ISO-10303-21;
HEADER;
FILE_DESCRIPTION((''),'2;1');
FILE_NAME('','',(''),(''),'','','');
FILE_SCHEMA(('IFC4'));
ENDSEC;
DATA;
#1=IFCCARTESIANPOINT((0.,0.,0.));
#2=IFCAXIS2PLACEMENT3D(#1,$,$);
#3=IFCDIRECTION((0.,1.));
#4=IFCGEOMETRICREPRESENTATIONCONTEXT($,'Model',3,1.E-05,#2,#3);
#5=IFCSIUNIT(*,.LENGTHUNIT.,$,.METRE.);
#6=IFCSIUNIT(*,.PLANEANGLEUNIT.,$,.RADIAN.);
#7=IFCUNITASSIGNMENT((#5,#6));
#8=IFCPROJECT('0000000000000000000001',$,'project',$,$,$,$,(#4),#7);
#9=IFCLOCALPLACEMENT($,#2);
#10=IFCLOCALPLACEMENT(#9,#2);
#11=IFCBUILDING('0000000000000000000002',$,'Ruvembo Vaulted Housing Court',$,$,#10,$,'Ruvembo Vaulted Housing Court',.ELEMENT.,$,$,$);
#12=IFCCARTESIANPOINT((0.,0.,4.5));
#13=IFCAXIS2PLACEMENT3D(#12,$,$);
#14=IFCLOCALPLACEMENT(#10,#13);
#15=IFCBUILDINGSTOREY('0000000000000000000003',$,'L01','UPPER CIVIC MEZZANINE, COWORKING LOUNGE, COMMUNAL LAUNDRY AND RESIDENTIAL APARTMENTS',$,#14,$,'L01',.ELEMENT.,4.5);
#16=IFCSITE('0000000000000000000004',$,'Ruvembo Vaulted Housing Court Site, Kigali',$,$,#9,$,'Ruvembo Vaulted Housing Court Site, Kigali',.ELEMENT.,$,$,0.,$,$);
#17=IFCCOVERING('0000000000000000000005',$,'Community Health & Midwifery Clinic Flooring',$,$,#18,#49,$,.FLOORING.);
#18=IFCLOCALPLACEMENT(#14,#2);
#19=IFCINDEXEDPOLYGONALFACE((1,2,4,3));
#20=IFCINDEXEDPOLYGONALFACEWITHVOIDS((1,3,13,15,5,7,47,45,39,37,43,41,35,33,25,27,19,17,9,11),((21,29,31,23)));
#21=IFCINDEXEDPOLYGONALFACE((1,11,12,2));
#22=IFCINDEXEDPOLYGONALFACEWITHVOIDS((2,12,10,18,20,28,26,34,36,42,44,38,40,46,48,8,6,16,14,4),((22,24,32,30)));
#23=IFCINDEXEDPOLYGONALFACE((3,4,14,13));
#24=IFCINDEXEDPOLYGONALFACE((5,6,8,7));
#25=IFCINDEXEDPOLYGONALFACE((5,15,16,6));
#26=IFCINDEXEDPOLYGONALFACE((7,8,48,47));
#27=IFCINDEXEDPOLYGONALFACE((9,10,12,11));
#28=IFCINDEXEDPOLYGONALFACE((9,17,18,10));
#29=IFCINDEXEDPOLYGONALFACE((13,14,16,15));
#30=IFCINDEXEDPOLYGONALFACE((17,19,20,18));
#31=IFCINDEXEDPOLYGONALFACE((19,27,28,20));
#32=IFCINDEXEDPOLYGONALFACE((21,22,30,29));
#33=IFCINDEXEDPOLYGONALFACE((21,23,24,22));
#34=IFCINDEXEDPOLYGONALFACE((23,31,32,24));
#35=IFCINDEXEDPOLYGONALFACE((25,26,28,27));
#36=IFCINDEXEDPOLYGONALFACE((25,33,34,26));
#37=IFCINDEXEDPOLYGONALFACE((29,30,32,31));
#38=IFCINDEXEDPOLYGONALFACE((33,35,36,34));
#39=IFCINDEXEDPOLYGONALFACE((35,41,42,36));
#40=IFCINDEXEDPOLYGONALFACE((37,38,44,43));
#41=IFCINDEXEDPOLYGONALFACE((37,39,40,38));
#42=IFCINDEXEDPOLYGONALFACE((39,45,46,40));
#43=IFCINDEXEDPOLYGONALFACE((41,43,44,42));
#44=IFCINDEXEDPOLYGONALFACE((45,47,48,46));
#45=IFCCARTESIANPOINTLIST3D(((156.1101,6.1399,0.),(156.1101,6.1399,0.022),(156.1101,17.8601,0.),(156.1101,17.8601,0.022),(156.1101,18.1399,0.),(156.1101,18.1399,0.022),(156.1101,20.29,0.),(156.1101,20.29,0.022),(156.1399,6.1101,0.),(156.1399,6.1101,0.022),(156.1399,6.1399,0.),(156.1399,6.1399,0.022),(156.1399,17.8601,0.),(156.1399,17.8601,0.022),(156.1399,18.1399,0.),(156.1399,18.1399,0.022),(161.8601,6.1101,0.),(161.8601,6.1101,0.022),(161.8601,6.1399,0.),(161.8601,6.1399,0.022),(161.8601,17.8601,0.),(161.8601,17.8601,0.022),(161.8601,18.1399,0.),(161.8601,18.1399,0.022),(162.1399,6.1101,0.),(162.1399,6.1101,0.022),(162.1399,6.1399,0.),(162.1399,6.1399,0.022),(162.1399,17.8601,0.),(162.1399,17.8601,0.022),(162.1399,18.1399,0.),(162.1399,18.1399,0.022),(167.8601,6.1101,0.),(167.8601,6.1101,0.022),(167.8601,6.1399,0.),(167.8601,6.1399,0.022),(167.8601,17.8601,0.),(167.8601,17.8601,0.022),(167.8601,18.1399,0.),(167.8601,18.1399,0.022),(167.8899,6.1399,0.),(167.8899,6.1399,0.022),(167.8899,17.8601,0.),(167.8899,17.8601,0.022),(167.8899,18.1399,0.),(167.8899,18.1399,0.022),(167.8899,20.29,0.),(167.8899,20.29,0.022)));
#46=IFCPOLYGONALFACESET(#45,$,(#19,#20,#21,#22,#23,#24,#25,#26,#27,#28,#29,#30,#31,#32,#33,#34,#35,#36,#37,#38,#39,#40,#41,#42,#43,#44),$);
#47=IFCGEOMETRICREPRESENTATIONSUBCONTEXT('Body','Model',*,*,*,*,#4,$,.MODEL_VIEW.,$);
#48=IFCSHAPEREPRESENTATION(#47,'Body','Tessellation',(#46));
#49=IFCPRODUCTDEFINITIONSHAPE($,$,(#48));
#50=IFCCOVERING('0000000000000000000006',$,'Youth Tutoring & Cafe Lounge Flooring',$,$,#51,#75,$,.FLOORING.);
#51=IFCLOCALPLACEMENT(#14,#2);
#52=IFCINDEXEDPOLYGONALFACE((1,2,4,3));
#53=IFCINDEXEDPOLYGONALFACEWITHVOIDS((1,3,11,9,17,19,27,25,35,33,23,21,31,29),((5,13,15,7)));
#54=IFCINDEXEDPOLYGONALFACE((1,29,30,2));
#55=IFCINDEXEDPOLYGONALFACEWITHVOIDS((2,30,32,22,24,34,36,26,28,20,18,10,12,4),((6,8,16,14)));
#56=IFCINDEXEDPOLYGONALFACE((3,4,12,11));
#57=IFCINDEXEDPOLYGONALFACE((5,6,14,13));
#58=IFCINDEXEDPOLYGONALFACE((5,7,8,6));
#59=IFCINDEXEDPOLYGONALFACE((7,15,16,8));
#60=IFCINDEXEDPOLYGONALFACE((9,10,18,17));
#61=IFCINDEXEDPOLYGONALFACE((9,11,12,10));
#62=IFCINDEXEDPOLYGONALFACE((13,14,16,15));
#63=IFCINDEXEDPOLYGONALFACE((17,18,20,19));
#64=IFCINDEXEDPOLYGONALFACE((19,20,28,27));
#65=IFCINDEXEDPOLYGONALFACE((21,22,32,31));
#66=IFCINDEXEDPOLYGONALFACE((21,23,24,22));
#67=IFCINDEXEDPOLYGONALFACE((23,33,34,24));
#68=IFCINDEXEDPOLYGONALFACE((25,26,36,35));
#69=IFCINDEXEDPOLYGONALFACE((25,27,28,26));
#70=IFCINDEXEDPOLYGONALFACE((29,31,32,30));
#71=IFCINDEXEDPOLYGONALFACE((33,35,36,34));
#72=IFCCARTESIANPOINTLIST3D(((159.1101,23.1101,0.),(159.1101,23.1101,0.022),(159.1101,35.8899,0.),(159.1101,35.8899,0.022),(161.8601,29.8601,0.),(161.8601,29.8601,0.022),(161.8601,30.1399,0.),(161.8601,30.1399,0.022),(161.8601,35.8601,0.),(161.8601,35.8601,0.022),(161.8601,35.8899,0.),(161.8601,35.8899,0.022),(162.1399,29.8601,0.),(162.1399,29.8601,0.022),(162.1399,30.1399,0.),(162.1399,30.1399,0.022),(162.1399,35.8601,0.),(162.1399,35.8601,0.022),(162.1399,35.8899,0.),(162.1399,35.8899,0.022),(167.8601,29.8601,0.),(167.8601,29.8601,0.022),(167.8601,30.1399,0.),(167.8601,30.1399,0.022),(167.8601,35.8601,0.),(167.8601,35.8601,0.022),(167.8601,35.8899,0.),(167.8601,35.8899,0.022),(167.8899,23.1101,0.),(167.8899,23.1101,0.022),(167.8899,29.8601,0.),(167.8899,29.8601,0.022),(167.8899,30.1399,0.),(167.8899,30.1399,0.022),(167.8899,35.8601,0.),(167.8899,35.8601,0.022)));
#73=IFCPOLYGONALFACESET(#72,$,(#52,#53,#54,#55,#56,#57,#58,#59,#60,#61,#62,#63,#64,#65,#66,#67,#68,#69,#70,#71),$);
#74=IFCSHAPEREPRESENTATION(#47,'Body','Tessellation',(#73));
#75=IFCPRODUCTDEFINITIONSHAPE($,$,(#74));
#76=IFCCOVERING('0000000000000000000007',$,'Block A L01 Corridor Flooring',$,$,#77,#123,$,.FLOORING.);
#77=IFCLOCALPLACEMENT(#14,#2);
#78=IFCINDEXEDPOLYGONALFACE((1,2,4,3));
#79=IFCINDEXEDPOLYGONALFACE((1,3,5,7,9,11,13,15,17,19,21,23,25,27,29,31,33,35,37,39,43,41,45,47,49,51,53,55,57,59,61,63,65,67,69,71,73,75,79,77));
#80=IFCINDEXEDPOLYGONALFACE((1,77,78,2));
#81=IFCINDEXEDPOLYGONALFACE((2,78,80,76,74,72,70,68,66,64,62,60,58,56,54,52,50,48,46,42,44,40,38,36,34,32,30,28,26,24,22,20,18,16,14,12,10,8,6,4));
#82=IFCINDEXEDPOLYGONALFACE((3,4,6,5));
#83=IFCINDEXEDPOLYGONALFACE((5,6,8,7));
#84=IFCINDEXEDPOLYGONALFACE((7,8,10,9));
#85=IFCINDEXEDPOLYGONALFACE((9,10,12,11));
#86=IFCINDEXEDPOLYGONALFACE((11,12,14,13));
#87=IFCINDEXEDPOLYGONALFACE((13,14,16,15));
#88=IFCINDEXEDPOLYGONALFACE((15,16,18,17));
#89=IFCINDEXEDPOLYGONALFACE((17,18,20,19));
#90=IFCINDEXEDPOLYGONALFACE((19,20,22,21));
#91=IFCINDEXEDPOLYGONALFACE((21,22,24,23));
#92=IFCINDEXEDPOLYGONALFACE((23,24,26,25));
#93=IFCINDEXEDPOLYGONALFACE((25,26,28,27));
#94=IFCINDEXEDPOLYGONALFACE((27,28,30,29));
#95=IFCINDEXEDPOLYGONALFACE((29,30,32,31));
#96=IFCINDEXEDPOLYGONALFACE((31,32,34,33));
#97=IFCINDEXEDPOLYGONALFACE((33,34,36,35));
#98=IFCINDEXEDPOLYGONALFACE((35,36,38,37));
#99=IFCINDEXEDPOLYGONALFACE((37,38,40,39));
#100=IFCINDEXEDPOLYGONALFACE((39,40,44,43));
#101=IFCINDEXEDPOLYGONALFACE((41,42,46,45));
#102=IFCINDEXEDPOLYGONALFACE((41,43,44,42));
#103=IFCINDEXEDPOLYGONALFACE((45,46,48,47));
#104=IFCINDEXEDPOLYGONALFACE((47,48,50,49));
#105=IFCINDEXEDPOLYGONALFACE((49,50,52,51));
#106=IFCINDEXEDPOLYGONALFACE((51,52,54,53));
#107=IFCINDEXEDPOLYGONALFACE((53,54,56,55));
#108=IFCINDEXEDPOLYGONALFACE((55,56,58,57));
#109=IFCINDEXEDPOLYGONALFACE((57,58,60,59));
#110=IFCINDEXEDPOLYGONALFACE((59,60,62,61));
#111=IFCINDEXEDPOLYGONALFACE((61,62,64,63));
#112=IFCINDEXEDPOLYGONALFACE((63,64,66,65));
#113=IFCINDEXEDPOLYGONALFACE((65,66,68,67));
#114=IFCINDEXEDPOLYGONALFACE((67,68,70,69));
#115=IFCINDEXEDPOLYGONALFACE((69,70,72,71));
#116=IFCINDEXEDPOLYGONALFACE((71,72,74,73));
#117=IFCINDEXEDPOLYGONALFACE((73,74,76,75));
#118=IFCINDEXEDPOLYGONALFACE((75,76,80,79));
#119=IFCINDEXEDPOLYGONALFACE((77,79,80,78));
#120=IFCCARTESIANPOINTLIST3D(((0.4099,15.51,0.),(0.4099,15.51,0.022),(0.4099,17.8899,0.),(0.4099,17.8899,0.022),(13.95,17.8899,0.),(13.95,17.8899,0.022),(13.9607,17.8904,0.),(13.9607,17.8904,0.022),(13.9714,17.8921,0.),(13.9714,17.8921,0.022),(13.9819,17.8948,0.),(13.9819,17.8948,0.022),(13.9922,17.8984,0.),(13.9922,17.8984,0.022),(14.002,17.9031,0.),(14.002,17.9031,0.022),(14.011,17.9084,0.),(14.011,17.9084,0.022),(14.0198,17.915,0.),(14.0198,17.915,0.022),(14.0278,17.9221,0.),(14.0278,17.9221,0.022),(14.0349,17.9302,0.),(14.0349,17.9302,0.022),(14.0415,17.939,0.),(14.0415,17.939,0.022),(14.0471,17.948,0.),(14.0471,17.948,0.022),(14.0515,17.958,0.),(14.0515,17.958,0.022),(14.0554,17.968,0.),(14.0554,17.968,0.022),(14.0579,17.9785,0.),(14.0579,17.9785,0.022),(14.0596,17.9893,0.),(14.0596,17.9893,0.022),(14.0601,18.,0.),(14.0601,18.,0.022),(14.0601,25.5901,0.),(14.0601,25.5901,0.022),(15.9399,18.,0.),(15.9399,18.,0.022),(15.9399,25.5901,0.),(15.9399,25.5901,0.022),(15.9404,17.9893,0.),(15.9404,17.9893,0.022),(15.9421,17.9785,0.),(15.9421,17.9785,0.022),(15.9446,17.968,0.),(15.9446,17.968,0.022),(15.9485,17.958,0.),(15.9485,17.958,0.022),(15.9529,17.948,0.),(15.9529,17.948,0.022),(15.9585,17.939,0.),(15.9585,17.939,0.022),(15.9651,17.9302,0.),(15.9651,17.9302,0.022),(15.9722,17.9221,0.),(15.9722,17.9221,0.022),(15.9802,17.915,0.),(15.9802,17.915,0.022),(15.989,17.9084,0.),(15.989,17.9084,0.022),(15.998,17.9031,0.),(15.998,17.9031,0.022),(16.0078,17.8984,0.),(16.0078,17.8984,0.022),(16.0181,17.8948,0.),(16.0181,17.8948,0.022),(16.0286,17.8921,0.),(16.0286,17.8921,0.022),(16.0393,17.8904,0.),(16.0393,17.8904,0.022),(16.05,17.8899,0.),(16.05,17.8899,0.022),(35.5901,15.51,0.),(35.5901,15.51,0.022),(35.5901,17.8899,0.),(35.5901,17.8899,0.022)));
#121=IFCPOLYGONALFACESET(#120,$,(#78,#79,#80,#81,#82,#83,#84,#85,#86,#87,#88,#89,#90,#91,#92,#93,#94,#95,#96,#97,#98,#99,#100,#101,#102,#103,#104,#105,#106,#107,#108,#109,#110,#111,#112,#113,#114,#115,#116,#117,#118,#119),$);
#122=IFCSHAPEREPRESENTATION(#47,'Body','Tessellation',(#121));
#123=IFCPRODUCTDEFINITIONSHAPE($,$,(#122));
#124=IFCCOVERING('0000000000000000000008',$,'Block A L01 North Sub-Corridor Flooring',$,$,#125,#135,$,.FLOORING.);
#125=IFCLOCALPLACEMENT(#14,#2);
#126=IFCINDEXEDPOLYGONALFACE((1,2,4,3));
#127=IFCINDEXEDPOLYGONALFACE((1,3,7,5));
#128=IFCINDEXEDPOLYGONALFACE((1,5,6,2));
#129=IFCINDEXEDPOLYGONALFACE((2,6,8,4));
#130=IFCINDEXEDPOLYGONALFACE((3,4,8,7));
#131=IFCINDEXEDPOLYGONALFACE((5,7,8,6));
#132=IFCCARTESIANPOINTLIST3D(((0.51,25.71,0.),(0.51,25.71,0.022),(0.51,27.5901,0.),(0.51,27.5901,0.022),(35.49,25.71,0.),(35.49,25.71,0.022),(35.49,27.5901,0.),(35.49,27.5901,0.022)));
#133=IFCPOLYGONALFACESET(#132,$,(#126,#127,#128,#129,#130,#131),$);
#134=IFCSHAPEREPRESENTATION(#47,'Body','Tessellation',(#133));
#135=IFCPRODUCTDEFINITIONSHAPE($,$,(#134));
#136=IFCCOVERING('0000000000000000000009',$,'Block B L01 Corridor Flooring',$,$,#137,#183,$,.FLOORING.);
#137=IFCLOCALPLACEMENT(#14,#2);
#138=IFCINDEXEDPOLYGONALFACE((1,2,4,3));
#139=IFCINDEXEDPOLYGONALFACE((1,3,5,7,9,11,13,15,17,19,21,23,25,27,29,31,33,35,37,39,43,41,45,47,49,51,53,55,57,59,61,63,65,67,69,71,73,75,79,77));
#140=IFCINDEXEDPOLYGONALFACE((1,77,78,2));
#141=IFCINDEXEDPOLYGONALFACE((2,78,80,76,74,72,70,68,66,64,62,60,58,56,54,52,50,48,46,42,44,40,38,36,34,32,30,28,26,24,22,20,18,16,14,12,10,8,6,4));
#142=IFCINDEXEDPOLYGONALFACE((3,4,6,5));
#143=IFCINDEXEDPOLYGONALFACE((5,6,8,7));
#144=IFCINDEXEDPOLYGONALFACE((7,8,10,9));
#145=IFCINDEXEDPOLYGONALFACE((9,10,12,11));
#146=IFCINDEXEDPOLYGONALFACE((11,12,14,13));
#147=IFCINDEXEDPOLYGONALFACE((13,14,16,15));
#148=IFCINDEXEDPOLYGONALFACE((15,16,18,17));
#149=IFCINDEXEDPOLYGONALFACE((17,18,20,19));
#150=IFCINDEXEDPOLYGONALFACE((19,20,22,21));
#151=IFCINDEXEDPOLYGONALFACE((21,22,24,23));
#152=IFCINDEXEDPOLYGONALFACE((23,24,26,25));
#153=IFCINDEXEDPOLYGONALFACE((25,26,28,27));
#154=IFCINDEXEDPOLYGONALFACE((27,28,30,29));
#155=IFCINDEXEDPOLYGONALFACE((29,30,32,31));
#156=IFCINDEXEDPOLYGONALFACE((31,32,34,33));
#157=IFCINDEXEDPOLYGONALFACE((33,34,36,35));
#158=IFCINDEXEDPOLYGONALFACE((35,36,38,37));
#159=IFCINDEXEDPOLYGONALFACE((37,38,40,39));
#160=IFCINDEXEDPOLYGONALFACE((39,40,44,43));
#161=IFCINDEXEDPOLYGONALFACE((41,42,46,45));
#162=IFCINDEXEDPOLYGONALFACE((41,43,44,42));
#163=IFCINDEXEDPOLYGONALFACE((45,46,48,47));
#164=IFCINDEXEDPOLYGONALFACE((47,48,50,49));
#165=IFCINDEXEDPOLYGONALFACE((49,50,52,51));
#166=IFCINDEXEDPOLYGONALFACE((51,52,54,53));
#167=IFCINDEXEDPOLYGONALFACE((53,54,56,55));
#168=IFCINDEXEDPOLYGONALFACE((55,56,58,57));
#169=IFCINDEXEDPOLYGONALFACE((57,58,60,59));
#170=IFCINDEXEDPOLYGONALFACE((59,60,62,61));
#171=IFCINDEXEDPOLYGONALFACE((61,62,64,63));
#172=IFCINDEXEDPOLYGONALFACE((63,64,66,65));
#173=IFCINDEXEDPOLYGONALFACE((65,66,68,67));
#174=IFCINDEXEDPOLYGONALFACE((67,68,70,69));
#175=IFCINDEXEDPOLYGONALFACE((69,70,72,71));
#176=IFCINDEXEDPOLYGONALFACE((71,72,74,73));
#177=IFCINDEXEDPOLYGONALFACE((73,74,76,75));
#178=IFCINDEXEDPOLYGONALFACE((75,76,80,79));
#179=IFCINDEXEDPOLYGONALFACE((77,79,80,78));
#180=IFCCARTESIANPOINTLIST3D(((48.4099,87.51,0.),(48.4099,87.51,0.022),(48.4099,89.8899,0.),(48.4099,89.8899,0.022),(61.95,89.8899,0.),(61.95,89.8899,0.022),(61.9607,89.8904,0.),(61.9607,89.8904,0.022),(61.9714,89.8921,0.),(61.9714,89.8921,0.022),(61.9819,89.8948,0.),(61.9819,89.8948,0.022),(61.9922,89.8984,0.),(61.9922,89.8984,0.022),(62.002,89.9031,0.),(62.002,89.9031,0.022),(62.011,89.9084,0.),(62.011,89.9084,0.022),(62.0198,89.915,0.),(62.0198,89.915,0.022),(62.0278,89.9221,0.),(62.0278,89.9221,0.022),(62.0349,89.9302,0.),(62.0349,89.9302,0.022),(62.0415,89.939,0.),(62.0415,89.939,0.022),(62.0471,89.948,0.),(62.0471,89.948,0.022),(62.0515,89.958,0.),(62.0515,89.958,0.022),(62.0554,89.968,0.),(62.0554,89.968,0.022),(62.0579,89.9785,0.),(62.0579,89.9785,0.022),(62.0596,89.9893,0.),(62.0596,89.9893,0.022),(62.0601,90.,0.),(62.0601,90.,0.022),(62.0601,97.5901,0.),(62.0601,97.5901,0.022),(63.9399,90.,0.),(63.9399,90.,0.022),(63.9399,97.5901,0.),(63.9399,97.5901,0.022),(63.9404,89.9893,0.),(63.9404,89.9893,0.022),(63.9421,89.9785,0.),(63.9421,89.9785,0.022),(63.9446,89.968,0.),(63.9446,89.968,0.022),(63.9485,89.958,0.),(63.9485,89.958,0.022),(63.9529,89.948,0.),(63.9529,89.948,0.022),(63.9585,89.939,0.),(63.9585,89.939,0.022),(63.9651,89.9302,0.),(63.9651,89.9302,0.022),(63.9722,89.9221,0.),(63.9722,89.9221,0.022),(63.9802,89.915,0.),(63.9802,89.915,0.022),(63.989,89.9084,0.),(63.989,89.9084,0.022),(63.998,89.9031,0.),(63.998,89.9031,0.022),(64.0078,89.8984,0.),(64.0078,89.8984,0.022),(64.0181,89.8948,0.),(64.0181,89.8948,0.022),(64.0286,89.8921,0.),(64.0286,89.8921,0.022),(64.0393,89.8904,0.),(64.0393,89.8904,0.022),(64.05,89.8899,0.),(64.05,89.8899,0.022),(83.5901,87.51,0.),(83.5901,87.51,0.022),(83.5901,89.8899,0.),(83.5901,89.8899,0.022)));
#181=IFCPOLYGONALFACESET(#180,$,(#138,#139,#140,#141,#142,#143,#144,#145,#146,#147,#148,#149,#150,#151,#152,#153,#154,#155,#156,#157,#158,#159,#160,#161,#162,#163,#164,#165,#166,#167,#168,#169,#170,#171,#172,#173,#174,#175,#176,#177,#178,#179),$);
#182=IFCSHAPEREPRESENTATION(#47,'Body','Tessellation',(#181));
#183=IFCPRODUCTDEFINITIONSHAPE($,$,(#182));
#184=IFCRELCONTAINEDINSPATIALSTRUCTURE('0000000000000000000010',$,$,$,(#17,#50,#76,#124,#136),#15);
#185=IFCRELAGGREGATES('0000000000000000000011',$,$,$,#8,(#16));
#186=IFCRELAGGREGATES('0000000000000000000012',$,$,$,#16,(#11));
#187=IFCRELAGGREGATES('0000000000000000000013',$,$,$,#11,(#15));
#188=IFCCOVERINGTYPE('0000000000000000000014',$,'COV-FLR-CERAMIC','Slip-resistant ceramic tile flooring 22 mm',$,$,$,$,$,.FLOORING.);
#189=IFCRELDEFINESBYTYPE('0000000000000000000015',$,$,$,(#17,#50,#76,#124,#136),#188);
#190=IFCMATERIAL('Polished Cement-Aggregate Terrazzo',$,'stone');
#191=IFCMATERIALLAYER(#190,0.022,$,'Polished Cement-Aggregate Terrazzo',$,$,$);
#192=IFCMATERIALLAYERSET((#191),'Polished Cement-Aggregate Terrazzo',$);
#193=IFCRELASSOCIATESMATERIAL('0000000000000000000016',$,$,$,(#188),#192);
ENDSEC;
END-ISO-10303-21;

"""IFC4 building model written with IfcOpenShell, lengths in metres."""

from ifc_helpers import new_model, si_unit, direction, frame, origin, place, context, subcontext, project, spatial, polyline, outline, extrude, material, layer, layer_set, type_object, element, save


model = new_model("IFC4")

# Units and contexts
model_context = context("Model", 3, precision=1e-05, world=origin(), true_north=direction((0.0, 1.0)))
body_context = subcontext(model_context, "Body", "Model", "MODEL_VIEW")
ifc_project = project(units=[si_unit("LENGTHUNIT", "METRE"), si_unit("PLANEANGLEUNIT", "RADIAN")], contexts=[model_context])

# Site, building, storey
site_placement = place(None, origin())
site = spatial("IfcSite", under=ifc_project, at=site_placement, Name="Ruvembo Vaulted Housing Court Site, Kigali", LongName="Ruvembo Vaulted Housing Court Site, Kigali", CompositionType="ELEMENT", RefElevation=0.0)
building_placement = place(site_placement, origin())
building = spatial("IfcBuilding", under=site, at=building_placement, Name="Ruvembo Vaulted Housing Court", LongName="Ruvembo Vaulted Housing Court", CompositionType="ELEMENT")
storey_placement = place(building_placement, frame((0.0, 0.0, 4.5)))
storey = spatial("IfcBuildingStorey", under=building, at=storey_placement, Name="L01", Description="UPPER CIVIC MEZZANINE, COWORKING LOUNGE, COMMUNAL LAUNDRY AND RESIDENTIAL APARTMENTS", LongName="L01", CompositionType="ELEMENT", Elevation=4.5)

# Coverings
ifc_material_1 = material(Name="Polished Cement-Aggregate Terrazzo", Category="stone")
ifc_layer_1 = layer(ifc_material_1, 0.022, Name="Polished Cement-Aggregate Terrazzo")
ifc_layer_set_1 = layer_set([ifc_layer_1], Name="Polished Cement-Aggregate Terrazzo")
covering_type_1 = type_object("IfcCoveringType", Name="COV-FLR-CERAMIC", Description="Slip-resistant ceramic tile flooring 22 mm", PredefinedType="FLOORING", material=ifc_layer_set_1)
covering_1_placement = place(storey_placement, origin())
element("IfcCovering", 1, at=covering_1_placement, inside=storey, type_object=covering_type_1, Name="Community Health & Midwifery Clinic Flooring", PredefinedType="FLOORING", context=body_context, shape_type="SweptSolid", body=[
    extrude(outline(polyline([(156.1399, 18.1399), (156.1399, 17.8601), (156.1101, 17.8601), (156.1101, 6.1399), (156.1399, 6.1399), (156.1399, 6.1101), (161.8601, 6.1101), (161.8601, 6.1399), (162.1399, 6.1399), (162.1399, 6.1101), (167.8601, 6.1101), (167.8601, 6.1399), (167.8899, 6.1399), (167.8899, 17.8601), (167.8601, 17.8601), (167.8601, 18.1399), (167.8899, 18.1399), (167.8899, 20.29), (156.1101, 20.29), (156.1101, 18.1399), (156.1399, 18.1399)]), holes=[polyline([(162.1399, 17.8601), (162.1399, 18.1399), (161.8601, 18.1399), (161.8601, 17.8601), (162.1399, 17.8601)])]), origin(), (0.0, 0.0, 1.0), 0.022),
])
covering_2_placement = place(storey_placement, origin())
element("IfcCovering", 2, at=covering_2_placement, inside=storey, type_object=covering_type_1, Name="Youth Tutoring & Cafe Lounge Flooring", PredefinedType="FLOORING", context=body_context, shape_type="SweptSolid", body=[
    extrude(outline(polyline([(161.8601, 35.8601), (161.8601, 35.8899), (159.1101, 35.8899), (159.1101, 23.1101), (167.8899, 23.1101), (167.8899, 29.8601), (167.8601, 29.8601), (167.8601, 30.1399), (167.8899, 30.1399), (167.8899, 35.8601), (167.8601, 35.8601), (167.8601, 35.8899), (162.1399, 35.8899), (162.1399, 35.8601), (161.8601, 35.8601)]), holes=[polyline([(162.1399, 29.8601), (162.1399, 30.1399), (161.8601, 30.1399), (161.8601, 29.8601), (162.1399, 29.8601)])]), origin(), (0.0, 0.0, 1.0), 0.022),
])
covering_3_placement = place(storey_placement, origin())
element("IfcCovering", 3, at=covering_3_placement, inside=storey, type_object=covering_type_1, Name="Block A L01 Corridor Flooring", PredefinedType="FLOORING", context=body_context, shape_type="SweptSolid", body=[
    extrude(outline(polyline([(13.95, 17.8899), (0.4099, 17.8899), (0.4099, 15.51), (35.5901, 15.51), (35.5901, 17.8899), (16.05, 17.8899), (16.0393, 17.8904), (16.0286, 17.8921), (16.0181, 17.8948), (16.0078, 17.8984), (15.998, 17.9031), (15.989, 17.9084), (15.9802, 17.915), (15.9722, 17.9221), (15.9651, 17.9302), (15.9585, 17.939), (15.9529, 17.948), (15.9485, 17.958), (15.9446, 17.968), (15.9421, 17.9785), (15.9404, 17.9893), (15.9399, 18.0), (15.9399, 25.5901), (14.0601, 25.5901), (14.0601, 18.0), (14.0596, 17.9893), (14.0579, 17.9785), (14.0554, 17.968), (14.0515, 17.958), (14.0471, 17.948), (14.0415, 17.939), (14.0349, 17.9302), (14.0278, 17.9221), (14.0198, 17.915), (14.011, 17.9084), (14.002, 17.9031), (13.9922, 17.8984), (13.9819, 17.8948), (13.9714, 17.8921), (13.9607, 17.8904), (13.95, 17.8899)])), origin(), (0.0, 0.0, 1.0), 0.022),
])
covering_4_placement = place(storey_placement, origin())
element("IfcCovering", 4, at=covering_4_placement, inside=storey, type_object=covering_type_1, Name="Block A L01 North Sub-Corridor Flooring", PredefinedType="FLOORING", context=body_context, shape_type="SweptSolid", body=[
    extrude(outline(polyline([(35.49, 25.71), (35.49, 27.5901), (0.51, 27.5901), (0.51, 25.71), (35.49, 25.71)])), origin(), (0.0, 0.0, 1.0), 0.022),
])
covering_5_placement = place(storey_placement, origin())
element("IfcCovering", 5, at=covering_5_placement, inside=storey, type_object=covering_type_1, Name="Block B L01 Corridor Flooring", PredefinedType="FLOORING", context=body_context, shape_type="SweptSolid", body=[
    extrude(outline(polyline([(61.95, 89.8899), (48.4099, 89.8899), (48.4099, 87.51), (83.5901, 87.51), (83.5901, 89.8899), (64.05, 89.8899), (64.0393, 89.8904), (64.0286, 89.8921), (64.0181, 89.8948), (64.0078, 89.8984), (63.998, 89.9031), (63.989, 89.9084), (63.9802, 89.915), (63.9722, 89.9221), (63.9651, 89.9302), (63.9585, 89.939), (63.9529, 89.948), (63.9485, 89.958), (63.9446, 89.968), (63.9421, 89.9785), (63.9404, 89.9893), (63.9399, 90.0), (63.9399, 97.5901), (62.0601, 97.5901), (62.0601, 90.0), (62.0596, 89.9893), (62.0579, 89.9785), (62.0554, 89.968), (62.0515, 89.958), (62.0471, 89.948), (62.0415, 89.939), (62.0349, 89.9302), (62.0278, 89.9221), (62.0198, 89.915), (62.011, 89.9084), (62.002, 89.9031), (61.9922, 89.8984), (61.9819, 89.8948), (61.9714, 89.8921), (61.9607, 89.8904), (61.95, 89.8899)])), origin(), (0.0, 0.0, 1.0), 0.022),
])

save(model, "model.ifc")
